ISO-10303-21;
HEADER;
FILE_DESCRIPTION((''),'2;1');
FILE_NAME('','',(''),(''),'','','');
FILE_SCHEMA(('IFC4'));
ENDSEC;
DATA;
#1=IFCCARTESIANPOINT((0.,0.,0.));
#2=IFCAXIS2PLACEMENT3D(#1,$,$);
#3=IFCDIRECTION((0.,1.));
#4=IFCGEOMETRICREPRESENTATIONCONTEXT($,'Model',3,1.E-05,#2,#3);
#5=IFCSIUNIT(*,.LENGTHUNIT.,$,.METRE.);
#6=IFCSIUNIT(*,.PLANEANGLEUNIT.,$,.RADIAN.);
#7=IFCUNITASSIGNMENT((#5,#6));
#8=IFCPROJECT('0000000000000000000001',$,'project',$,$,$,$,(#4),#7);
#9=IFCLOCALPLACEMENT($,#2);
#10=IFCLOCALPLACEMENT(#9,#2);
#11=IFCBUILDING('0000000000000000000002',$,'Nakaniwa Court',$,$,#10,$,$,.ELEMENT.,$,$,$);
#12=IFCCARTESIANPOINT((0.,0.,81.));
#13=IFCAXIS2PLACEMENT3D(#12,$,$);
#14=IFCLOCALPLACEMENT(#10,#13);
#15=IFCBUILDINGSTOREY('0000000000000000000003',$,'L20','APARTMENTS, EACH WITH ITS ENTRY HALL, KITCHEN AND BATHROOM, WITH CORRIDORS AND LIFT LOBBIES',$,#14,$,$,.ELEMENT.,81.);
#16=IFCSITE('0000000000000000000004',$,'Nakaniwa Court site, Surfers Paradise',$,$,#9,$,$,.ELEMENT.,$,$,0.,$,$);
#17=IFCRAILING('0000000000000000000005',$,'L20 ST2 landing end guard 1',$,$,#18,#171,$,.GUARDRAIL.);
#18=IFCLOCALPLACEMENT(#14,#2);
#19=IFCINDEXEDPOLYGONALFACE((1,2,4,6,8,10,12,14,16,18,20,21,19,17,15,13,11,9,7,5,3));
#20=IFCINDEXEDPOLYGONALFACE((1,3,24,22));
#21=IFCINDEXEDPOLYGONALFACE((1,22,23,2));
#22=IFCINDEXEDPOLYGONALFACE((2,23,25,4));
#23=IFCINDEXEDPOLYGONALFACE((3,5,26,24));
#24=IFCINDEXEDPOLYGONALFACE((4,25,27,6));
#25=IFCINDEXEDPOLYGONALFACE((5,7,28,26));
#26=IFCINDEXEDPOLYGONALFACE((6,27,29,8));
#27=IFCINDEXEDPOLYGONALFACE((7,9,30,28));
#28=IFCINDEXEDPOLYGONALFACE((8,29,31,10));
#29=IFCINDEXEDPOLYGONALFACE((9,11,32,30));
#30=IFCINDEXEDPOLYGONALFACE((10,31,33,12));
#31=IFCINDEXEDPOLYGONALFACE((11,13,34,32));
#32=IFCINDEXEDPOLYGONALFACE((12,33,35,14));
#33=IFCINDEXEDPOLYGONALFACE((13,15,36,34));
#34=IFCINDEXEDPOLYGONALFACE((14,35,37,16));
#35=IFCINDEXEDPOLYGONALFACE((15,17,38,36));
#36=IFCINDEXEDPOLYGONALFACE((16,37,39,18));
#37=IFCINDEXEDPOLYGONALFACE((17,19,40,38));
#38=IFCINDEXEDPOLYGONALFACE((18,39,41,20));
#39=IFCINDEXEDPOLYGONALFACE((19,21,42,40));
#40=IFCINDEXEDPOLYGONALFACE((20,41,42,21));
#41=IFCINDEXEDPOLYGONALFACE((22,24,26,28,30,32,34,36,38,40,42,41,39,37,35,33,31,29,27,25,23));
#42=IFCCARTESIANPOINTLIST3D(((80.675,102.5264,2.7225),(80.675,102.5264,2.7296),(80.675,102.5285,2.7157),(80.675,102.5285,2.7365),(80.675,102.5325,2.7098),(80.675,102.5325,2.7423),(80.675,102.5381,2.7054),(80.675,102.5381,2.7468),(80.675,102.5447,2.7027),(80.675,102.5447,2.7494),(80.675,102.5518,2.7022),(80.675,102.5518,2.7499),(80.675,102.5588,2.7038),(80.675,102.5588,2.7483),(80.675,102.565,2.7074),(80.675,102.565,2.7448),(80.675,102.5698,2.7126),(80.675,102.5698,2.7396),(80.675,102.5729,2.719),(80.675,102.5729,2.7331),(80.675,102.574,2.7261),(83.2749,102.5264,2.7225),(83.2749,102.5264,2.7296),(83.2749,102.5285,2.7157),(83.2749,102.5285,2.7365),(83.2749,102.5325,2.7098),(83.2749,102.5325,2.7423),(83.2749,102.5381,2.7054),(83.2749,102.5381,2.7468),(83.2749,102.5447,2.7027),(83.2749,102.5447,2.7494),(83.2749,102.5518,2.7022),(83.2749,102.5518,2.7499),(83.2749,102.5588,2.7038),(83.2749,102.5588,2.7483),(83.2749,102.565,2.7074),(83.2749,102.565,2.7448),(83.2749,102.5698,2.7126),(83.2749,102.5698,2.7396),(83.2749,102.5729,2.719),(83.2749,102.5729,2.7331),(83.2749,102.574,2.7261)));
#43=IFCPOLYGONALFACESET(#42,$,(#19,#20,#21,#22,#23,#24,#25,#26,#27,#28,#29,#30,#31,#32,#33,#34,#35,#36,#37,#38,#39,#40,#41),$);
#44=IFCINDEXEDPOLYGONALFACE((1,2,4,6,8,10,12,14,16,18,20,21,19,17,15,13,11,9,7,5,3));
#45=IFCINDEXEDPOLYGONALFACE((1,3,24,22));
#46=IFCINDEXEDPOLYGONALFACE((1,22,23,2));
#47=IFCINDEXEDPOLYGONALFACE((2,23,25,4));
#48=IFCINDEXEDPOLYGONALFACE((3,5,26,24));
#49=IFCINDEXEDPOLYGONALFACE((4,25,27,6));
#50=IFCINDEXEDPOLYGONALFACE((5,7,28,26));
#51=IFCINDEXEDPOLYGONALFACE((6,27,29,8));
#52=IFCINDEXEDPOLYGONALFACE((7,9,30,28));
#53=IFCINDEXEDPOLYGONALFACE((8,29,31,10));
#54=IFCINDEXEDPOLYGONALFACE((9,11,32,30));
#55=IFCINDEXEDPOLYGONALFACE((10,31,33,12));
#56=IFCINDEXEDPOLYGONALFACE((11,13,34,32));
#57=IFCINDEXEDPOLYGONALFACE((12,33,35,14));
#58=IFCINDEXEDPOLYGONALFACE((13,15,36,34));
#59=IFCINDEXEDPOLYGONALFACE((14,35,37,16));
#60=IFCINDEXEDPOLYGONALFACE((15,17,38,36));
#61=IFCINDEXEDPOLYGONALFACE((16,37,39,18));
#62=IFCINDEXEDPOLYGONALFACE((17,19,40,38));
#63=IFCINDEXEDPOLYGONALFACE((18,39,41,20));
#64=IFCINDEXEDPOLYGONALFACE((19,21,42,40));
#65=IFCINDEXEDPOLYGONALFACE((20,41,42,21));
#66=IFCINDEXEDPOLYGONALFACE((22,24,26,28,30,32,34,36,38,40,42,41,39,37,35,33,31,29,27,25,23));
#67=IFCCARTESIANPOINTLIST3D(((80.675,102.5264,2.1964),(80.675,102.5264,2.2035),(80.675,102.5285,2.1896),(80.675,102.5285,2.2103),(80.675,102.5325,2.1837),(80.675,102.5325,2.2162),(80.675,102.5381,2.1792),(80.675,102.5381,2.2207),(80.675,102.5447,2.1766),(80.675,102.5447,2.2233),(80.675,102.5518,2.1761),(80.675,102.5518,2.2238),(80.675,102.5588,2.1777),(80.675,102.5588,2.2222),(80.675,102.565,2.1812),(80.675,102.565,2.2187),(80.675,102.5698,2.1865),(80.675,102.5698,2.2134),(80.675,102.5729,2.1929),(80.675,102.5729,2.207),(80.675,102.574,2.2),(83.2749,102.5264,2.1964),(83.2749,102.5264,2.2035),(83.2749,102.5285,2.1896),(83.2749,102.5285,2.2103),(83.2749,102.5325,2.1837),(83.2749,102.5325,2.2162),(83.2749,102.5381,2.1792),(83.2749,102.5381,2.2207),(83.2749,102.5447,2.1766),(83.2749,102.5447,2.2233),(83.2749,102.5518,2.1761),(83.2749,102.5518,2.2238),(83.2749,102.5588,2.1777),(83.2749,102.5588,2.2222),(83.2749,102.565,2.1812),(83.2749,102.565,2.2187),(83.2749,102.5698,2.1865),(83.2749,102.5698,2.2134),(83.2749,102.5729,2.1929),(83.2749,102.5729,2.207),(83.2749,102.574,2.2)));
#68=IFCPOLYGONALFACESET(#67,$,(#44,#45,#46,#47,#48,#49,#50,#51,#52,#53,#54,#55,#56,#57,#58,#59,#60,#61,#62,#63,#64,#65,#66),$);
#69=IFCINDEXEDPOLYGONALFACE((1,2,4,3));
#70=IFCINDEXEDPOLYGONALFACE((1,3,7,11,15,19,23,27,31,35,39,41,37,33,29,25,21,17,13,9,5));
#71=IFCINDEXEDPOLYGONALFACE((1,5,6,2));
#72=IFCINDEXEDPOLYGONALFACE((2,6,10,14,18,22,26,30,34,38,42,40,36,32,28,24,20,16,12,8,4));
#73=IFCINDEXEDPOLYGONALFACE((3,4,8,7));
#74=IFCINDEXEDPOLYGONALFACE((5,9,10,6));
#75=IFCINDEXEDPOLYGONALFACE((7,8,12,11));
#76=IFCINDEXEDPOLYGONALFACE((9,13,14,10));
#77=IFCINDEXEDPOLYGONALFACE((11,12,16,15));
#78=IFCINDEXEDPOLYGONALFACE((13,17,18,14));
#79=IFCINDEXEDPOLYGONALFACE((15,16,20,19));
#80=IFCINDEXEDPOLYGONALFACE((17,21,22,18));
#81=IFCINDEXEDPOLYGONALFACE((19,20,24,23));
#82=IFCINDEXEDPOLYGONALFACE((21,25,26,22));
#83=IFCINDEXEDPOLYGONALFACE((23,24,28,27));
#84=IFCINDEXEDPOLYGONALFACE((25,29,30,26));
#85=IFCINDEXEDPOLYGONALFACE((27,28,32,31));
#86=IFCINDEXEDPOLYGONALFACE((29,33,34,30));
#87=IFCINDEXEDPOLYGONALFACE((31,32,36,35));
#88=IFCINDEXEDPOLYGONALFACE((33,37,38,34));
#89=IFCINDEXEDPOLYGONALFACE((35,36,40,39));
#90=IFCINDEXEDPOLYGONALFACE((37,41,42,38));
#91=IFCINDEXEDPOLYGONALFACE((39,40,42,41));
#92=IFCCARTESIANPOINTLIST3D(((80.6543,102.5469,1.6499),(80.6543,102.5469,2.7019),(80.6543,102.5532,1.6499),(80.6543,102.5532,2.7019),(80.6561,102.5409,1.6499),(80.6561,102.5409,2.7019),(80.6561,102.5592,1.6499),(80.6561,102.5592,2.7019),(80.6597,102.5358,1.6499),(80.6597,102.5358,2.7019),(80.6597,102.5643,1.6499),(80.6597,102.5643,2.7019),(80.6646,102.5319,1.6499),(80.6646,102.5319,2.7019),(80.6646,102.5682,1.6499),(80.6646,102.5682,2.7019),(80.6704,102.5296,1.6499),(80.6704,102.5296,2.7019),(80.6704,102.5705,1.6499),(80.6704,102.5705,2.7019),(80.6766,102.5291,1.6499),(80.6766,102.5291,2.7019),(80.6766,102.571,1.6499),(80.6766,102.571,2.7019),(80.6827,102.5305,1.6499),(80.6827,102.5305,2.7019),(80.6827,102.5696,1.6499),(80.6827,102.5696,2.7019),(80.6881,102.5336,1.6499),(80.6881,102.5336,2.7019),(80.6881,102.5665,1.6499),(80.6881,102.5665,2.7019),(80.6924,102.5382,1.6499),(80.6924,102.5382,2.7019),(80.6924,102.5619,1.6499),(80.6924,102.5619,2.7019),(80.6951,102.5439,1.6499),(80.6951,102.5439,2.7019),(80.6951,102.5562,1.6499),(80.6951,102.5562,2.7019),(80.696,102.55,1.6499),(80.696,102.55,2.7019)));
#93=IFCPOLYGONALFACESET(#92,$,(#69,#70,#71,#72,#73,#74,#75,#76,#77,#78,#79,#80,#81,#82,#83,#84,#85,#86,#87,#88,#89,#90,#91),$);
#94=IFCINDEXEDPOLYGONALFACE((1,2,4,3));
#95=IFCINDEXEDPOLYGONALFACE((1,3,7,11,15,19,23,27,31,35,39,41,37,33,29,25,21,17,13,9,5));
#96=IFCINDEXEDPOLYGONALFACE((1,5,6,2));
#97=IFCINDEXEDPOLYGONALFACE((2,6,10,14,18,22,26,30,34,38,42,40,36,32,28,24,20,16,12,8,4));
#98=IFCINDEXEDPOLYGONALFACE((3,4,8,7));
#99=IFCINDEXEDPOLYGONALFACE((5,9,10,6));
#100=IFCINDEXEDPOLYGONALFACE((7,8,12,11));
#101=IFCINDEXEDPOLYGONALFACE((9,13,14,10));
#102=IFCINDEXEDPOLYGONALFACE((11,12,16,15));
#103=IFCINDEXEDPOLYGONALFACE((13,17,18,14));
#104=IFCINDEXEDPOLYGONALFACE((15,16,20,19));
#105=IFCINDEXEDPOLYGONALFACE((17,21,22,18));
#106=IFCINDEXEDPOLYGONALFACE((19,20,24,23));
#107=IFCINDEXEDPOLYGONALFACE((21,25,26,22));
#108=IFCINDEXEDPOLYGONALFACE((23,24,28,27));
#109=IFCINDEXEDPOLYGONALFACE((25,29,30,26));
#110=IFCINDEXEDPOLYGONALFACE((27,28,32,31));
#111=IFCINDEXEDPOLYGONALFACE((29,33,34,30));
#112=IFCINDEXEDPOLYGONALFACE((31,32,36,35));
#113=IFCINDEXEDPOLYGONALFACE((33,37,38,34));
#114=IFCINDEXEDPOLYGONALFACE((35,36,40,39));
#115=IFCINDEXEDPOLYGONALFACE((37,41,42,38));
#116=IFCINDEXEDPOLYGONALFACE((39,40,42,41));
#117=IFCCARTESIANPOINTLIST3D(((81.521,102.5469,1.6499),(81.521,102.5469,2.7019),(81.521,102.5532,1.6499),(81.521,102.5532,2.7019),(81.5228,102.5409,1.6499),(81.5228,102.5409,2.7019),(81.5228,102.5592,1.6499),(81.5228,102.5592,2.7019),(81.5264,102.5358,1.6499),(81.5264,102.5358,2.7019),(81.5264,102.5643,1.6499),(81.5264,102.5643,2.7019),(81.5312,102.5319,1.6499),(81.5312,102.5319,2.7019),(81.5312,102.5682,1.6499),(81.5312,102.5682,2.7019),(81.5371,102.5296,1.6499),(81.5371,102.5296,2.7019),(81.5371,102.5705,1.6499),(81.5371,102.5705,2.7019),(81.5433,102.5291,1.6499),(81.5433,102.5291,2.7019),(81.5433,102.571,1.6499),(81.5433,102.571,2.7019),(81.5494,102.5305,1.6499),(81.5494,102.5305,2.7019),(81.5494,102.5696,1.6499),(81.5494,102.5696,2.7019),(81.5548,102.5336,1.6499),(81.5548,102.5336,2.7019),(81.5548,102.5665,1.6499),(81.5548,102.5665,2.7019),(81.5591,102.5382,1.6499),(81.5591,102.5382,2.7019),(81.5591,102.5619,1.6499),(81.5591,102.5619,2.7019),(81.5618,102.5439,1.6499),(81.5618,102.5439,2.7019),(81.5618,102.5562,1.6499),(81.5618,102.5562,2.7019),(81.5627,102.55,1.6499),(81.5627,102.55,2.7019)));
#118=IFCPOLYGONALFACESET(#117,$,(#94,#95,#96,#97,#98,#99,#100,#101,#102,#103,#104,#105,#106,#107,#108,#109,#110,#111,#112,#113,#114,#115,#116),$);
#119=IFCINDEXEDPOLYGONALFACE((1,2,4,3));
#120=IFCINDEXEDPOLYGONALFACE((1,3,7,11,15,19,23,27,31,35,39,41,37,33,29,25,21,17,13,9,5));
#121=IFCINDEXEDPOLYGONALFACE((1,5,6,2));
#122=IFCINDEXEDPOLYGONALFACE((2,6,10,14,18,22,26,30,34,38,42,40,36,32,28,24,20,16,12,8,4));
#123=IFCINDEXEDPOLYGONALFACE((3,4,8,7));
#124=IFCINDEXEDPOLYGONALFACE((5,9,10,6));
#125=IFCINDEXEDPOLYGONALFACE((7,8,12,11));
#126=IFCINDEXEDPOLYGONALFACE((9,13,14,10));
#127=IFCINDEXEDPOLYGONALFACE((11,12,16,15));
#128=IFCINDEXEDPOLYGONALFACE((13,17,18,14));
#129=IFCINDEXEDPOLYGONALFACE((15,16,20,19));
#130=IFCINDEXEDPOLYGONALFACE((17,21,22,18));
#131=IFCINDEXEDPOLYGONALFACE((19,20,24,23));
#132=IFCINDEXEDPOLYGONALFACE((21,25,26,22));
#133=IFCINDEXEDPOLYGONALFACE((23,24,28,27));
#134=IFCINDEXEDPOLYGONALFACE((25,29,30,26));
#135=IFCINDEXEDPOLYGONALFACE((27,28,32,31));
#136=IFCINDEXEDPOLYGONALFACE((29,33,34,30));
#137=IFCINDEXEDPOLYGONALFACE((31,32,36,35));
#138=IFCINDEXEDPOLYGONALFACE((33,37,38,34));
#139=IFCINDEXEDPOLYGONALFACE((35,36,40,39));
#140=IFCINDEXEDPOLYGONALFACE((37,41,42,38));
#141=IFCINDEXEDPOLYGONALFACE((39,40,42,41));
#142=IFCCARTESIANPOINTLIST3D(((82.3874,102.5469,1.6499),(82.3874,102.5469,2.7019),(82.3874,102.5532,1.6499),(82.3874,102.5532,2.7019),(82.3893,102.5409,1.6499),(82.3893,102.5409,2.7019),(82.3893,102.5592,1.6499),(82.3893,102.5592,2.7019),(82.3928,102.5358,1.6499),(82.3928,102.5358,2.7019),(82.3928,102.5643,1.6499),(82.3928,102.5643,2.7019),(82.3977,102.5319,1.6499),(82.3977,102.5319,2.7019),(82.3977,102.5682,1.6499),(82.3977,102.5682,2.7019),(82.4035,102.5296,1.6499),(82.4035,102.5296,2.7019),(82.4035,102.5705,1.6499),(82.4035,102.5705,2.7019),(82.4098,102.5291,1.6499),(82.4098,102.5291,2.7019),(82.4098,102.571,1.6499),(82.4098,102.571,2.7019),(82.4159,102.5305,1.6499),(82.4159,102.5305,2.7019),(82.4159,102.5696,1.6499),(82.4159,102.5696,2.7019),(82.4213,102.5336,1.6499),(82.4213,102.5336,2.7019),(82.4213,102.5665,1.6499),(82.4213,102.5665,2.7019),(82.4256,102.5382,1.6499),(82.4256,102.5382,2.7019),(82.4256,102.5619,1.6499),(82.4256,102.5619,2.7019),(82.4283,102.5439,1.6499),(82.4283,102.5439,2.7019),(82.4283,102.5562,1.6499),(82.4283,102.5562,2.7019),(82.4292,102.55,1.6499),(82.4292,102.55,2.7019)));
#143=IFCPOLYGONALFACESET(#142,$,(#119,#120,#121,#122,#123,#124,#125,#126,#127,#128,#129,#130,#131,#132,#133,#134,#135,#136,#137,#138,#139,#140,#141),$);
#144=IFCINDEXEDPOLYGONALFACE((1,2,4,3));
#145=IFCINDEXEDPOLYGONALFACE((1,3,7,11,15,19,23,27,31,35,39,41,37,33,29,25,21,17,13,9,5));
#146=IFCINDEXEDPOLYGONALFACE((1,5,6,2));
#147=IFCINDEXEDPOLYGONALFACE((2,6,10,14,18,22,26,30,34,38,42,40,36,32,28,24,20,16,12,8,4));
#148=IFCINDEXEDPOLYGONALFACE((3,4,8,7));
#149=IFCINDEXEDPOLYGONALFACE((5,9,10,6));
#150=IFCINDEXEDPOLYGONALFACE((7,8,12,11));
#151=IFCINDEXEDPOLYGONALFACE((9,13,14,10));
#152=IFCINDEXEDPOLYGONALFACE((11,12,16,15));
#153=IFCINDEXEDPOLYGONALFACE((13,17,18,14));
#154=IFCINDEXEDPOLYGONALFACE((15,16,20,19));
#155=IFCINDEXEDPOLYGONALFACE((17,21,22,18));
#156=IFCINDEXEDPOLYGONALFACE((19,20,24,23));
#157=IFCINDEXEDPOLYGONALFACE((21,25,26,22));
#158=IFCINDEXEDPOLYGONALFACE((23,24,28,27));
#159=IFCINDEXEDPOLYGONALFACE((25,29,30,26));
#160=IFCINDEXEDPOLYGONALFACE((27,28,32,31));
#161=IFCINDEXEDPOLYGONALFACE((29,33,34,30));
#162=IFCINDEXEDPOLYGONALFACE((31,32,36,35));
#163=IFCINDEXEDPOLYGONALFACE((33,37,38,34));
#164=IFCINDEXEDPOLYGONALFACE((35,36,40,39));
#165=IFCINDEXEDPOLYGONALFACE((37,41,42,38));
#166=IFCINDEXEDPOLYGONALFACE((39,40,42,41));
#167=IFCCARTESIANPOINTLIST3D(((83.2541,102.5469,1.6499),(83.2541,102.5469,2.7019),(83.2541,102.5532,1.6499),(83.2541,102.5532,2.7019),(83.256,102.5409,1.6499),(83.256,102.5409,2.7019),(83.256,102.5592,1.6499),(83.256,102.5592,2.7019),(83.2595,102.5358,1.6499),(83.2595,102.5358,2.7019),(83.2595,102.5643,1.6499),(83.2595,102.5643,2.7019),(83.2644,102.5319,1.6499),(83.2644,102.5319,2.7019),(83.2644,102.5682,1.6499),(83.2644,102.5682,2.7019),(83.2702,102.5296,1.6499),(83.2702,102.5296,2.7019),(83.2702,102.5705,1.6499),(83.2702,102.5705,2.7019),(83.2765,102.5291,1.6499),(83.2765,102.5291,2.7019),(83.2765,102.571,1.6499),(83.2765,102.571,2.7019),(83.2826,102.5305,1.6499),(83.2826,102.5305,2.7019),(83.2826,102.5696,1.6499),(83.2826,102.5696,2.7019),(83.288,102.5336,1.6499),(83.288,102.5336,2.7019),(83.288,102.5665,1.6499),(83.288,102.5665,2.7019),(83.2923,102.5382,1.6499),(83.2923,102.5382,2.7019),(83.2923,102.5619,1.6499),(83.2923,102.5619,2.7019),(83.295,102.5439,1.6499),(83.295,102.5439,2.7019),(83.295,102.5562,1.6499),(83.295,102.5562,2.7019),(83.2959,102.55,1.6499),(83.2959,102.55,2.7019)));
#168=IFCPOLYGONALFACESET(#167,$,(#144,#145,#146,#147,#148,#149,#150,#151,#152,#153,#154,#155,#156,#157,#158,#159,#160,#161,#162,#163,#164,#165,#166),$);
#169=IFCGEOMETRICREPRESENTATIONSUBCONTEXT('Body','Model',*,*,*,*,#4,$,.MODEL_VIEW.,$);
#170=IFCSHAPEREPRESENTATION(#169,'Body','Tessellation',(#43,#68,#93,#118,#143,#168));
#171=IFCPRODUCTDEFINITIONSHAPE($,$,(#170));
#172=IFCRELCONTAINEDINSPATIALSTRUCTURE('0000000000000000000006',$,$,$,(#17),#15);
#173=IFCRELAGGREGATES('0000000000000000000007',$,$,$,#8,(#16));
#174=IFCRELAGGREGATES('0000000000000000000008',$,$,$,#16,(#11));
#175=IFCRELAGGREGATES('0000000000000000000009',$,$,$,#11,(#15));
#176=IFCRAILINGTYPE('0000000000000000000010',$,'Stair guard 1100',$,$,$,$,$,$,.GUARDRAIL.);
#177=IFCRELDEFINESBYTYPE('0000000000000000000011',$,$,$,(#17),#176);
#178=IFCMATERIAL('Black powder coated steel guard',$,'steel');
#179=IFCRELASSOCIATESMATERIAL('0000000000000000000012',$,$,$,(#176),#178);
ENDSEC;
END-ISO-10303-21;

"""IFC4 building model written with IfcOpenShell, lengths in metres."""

from ifc_helpers import new_model, si_unit, direction, frame, origin, origin_2d, place, context, subcontext, project, spatial, circle, extrude, material, type_object, element, save


model = new_model("IFC4")

# Units and contexts
model_context = context("Model", 3, precision=1e-05, world=origin(), true_north=direction((0.0, 1.0)))
body_context = subcontext(model_context, "Body", "Model", "MODEL_VIEW")
ifc_project = project(units=[si_unit("LENGTHUNIT", "METRE"), si_unit("PLANEANGLEUNIT", "RADIAN")], contexts=[model_context])

# Site, building, storey
site_placement = place(None, origin())
site = spatial("IfcSite", under=ifc_project, at=site_placement, Name="Nakaniwa Court site, Surfers Paradise", CompositionType="ELEMENT", RefElevation=0.0)
building_placement = place(site_placement, origin())
building = spatial("IfcBuilding", under=site, at=building_placement, Name="Nakaniwa Court", CompositionType="ELEMENT")
storey_placement = place(building_placement, frame((0.0, 0.0, 81.0)))
storey = spatial("IfcBuildingStorey", under=building, at=storey_placement, Name="L20", Description="APARTMENTS, EACH WITH ITS ENTRY HALL, KITCHEN AND BATHROOM, WITH CORRIDORS AND LIFT LOBBIES", CompositionType="ELEMENT", Elevation=81.0)

# Railing
ifc_material_1 = material(Name="Black powder coated steel guard", Category="steel")
railing_type_1 = type_object("IfcRailingType", Name="Stair guard 1100", PredefinedType="GUARDRAIL", material=ifc_material_1)
railing_1_placement = place(storey_placement, frame((80.675, 102.55, 1.6499)))
element("IfcRailing", 1, at=railing_1_placement, inside=storey, type_object=railing_type_1, Name="L20 ST2 landing end guard 1", PredefinedType="GUARDRAIL", context=body_context, shape_type="SweptSolid", body=[
    extrude(circle(Radius=0.0239, at=origin_2d()), frame((0.0, 0.0, 1.0762), z_axis=(1.0, 0.0, 0.0), x_axis=(0.0, 1.0, 0.0)), (0.0, 0.0, 1.0), 2.5999),
    extrude(circle(Radius=0.0239, at=origin_2d()), frame((0.0, 0.0, 0.55), z_axis=(1.0, 0.0, 0.0), x_axis=(0.0, 1.0, 0.0)), (0.0, 0.0, 1.0), 2.5999),
    extrude(circle(Radius=0.021, at=origin_2d()), origin(), (0.0, 0.0, 1.0), 1.052),
    extrude(circle(Radius=0.021, at=origin_2d()), frame((0.8667, 0.0, 0.0)), (0.0, 0.0, 1.0), 1.052),
    extrude(circle(Radius=0.021, at=origin_2d()), frame((1.7332, 0.0, 0.0)), (0.0, 0.0, 1.0), 1.052),
    extrude(circle(Radius=0.021, at=origin_2d()), frame((2.5999, 0.0, 0.0)), (0.0, 0.0, 1.0), 1.052),
])

save(model, "model.ifc")
